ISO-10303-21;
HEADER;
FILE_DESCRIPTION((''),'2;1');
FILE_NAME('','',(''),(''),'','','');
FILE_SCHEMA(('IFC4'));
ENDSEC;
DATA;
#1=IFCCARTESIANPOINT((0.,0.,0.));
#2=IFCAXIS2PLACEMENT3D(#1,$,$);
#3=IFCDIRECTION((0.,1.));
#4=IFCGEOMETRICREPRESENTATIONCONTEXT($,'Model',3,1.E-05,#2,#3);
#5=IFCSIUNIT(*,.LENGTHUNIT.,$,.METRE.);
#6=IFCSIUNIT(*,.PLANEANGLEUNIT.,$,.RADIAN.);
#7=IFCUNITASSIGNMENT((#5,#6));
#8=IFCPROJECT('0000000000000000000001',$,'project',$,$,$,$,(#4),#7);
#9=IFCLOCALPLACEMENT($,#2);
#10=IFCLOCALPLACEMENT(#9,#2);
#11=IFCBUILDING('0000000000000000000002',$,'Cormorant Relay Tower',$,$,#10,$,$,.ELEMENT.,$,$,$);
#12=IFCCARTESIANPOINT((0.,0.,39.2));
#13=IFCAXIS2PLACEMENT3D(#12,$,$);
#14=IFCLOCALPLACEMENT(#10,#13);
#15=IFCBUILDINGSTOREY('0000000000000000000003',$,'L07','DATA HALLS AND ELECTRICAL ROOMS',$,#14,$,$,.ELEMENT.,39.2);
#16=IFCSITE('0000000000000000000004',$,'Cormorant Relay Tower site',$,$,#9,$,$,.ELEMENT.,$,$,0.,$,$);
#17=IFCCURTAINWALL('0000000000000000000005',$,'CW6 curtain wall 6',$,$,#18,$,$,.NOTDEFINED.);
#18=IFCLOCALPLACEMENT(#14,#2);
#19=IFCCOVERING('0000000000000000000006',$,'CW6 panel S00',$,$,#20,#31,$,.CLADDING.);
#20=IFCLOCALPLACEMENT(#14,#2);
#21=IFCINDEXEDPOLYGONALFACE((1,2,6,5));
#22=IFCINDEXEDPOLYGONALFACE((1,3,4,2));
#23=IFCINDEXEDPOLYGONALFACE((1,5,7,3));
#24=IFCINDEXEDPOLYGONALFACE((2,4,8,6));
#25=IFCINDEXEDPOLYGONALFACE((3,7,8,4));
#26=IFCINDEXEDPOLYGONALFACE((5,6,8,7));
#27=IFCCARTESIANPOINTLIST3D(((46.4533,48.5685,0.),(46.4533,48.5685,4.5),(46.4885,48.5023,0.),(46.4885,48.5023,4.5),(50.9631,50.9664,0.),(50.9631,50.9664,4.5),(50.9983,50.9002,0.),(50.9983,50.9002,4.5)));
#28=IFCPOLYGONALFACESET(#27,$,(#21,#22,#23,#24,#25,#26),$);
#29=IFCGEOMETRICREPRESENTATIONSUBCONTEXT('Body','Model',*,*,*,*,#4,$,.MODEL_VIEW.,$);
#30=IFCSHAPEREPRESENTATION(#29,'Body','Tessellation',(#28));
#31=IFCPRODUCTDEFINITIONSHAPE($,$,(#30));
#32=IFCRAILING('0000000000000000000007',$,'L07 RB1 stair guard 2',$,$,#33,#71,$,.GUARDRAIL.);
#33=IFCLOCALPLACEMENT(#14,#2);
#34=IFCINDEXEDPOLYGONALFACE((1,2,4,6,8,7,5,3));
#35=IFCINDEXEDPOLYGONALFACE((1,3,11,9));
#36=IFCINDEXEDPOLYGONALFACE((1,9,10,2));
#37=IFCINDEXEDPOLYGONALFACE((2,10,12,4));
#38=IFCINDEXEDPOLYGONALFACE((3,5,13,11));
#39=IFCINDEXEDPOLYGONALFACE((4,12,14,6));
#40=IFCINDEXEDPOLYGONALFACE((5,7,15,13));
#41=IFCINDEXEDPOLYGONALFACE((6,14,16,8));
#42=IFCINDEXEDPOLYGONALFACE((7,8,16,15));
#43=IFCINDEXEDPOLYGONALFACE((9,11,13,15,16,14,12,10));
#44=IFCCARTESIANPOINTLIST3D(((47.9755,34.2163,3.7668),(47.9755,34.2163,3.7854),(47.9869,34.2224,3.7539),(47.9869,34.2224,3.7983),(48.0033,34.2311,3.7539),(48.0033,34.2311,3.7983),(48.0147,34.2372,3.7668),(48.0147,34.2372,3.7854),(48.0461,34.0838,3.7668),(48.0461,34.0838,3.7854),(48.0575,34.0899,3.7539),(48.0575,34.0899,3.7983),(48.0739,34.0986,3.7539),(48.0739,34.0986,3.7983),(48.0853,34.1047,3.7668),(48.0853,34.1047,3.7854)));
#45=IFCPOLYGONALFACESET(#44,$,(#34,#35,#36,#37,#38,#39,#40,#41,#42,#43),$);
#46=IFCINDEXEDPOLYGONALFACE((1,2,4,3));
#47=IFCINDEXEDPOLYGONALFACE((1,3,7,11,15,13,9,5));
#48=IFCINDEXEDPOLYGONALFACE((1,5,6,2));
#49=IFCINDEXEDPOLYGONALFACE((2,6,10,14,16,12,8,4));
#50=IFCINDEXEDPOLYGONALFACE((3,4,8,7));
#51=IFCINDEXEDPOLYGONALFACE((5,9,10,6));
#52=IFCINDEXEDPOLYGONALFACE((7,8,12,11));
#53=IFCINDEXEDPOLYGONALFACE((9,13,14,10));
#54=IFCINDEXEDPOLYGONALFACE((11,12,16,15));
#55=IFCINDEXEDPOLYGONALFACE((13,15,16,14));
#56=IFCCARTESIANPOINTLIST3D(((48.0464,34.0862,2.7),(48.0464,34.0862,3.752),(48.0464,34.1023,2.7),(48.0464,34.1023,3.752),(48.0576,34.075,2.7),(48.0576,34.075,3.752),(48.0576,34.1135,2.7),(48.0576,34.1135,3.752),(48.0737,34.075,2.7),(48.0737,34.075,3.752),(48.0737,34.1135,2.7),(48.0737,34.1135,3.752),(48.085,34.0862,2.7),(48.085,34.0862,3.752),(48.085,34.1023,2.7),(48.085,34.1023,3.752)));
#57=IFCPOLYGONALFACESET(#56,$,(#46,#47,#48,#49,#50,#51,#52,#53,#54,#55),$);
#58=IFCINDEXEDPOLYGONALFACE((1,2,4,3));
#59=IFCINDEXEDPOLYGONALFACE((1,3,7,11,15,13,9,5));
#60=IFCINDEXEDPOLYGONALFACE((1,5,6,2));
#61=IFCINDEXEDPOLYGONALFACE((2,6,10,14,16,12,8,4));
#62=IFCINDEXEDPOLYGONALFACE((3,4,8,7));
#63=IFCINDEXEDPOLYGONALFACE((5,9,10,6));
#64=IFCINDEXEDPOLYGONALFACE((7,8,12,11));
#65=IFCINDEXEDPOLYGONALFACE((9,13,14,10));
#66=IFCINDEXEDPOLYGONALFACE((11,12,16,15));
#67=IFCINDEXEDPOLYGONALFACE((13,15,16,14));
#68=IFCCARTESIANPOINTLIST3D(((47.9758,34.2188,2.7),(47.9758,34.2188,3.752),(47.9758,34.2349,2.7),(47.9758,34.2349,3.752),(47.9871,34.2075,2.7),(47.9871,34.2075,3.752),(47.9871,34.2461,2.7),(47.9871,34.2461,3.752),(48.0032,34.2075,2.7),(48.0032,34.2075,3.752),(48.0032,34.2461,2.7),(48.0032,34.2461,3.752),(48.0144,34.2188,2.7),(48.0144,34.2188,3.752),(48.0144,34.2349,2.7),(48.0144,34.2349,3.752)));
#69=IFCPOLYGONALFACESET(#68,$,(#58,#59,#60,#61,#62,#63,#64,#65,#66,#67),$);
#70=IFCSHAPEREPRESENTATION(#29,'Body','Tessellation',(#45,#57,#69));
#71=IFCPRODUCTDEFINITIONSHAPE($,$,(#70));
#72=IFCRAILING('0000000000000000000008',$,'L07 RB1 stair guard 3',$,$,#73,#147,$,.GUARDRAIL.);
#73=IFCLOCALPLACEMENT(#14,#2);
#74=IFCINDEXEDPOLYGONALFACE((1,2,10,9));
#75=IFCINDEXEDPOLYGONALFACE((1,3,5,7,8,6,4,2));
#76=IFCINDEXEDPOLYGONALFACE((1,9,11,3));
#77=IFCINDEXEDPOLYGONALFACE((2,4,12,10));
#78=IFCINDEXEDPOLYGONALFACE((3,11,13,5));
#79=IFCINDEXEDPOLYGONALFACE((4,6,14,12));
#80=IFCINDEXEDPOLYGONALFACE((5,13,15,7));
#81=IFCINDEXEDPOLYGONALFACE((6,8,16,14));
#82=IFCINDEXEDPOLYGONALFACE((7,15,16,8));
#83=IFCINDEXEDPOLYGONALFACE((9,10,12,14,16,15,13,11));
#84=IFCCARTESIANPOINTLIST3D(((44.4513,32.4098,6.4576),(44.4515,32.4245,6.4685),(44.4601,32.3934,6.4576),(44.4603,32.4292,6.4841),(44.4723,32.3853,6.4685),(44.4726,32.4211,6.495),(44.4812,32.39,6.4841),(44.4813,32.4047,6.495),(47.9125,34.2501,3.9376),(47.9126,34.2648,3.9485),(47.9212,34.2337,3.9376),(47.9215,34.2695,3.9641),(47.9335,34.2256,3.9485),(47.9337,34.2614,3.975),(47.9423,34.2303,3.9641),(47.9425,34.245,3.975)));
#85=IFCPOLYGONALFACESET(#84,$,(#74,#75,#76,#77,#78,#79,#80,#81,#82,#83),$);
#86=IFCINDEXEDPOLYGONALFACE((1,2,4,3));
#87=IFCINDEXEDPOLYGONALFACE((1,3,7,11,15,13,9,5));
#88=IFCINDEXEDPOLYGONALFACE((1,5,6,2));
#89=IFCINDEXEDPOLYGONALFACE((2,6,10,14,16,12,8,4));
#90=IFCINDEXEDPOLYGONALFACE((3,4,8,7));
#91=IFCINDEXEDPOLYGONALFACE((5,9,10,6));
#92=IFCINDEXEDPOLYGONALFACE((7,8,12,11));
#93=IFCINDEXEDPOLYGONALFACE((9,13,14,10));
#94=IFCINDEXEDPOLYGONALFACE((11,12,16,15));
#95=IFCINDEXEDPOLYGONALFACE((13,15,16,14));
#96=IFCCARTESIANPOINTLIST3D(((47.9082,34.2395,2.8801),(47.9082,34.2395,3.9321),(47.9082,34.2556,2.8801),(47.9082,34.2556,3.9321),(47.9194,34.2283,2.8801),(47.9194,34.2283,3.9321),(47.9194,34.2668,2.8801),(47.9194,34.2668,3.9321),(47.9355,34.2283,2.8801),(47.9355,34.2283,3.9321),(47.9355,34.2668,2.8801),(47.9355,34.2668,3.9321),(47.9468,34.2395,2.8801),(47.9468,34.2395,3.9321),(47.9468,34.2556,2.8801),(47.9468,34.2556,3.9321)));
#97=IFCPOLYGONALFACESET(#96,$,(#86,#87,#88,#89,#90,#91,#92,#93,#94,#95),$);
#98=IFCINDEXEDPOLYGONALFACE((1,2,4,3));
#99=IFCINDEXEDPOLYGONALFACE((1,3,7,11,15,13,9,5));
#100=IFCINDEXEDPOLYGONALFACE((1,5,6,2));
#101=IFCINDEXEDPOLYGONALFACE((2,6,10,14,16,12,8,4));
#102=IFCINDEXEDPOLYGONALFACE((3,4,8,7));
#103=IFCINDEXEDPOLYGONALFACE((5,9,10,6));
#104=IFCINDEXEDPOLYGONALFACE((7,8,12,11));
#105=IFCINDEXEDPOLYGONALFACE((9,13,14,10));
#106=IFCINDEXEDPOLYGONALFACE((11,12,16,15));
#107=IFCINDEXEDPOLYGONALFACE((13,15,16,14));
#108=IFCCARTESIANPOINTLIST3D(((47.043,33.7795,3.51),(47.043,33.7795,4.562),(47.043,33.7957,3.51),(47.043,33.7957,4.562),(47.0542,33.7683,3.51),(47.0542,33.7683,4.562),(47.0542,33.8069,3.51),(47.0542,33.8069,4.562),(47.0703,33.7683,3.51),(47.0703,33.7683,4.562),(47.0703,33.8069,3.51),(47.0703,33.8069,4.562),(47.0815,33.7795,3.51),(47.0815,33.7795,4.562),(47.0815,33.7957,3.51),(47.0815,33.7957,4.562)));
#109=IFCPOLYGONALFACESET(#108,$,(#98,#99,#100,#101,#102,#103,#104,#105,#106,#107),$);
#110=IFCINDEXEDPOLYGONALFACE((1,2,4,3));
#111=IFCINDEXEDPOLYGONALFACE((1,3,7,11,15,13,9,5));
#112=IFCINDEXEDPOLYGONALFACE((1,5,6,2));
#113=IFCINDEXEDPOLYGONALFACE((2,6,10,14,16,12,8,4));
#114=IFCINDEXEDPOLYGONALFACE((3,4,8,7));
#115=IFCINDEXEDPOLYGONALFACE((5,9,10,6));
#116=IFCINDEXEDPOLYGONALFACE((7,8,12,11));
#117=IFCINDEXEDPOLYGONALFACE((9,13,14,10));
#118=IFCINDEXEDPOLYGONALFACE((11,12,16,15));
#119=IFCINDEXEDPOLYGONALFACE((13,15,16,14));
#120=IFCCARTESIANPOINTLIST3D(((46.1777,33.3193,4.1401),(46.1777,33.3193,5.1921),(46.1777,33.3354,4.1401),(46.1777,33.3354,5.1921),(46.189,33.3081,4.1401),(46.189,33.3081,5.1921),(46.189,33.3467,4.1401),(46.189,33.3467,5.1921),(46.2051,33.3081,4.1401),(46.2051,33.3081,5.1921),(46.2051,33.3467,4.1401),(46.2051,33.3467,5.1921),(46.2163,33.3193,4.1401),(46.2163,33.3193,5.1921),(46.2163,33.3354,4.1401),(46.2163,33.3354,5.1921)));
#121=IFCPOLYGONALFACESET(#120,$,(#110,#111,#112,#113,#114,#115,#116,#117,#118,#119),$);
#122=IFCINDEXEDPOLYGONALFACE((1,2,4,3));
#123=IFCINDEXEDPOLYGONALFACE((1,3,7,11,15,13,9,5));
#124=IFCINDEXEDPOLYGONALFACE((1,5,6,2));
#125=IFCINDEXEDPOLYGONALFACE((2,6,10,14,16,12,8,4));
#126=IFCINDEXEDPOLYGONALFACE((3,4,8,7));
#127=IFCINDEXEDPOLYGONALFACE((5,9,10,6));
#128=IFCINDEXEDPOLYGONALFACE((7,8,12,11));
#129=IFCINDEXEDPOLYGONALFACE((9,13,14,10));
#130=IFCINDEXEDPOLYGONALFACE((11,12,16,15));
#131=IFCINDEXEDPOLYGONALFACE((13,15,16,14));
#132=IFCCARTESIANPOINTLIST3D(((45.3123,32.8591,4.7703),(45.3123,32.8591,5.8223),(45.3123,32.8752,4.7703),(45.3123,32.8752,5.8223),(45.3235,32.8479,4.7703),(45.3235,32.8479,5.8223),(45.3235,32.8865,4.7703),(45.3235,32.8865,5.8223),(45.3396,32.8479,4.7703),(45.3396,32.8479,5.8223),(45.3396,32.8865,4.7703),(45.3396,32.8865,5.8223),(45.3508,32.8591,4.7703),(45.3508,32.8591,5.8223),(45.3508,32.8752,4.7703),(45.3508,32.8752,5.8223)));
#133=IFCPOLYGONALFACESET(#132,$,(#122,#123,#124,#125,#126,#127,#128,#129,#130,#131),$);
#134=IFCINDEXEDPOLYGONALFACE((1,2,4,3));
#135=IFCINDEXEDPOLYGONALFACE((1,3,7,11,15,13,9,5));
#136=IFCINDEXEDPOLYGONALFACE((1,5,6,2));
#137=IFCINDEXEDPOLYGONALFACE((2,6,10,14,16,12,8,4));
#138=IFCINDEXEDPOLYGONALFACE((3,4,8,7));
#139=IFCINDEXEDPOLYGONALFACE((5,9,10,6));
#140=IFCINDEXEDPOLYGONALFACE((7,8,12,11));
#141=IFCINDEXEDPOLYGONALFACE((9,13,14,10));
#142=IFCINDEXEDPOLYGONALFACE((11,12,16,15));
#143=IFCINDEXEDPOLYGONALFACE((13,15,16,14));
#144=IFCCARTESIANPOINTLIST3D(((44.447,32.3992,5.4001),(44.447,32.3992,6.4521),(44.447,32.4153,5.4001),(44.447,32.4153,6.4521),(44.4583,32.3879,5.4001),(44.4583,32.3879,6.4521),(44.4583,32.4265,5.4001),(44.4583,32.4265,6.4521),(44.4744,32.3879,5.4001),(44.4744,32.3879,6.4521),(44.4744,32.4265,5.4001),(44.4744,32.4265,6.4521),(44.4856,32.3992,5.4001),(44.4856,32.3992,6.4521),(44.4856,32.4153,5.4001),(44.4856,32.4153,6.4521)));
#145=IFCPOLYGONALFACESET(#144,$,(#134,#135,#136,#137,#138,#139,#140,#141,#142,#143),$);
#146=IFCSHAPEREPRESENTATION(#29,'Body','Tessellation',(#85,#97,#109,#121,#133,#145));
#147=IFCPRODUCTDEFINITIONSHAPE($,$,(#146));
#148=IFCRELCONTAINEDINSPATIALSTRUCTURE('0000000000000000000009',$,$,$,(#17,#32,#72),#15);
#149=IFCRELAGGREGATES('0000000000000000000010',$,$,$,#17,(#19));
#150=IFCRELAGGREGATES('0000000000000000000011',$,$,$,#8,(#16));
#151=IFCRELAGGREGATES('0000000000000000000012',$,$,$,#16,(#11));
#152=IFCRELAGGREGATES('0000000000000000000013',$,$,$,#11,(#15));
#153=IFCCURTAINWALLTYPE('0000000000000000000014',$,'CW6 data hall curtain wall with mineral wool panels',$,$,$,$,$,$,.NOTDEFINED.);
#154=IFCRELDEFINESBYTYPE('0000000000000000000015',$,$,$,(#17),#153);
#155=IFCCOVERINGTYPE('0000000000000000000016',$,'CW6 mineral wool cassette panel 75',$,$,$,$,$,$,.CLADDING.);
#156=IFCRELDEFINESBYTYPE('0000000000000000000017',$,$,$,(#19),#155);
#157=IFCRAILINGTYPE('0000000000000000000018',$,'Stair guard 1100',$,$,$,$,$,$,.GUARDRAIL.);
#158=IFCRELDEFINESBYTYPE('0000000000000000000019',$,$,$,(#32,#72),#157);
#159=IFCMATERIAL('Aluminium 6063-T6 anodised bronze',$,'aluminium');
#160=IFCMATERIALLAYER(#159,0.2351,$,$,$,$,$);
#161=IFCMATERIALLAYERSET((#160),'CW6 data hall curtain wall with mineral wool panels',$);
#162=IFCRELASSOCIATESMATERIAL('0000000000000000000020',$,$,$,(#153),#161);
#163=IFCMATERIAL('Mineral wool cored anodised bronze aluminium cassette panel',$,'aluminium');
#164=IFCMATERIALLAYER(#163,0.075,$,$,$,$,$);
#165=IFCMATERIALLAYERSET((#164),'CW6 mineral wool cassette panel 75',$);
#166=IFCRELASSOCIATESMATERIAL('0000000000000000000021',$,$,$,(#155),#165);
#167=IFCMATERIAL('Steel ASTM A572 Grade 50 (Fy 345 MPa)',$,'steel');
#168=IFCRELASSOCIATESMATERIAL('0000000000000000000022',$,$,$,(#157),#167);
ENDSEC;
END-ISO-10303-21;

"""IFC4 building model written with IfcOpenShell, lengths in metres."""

from ifc_helpers import new_model, si_unit, direction, frame, origin, origin_2d, place, context, subcontext, project, spatial, polyline, rectangle, outline, extrude, material, layer, layer_set, type_object, element, aggregate, save


model = new_model("IFC4")

# Units and contexts
model_context = context("Model", 3, precision=1e-05, world=origin(), true_north=direction((0.0, 1.0)))
body_context = subcontext(model_context, "Body", "Model", "MODEL_VIEW")
ifc_project = project(units=[si_unit("LENGTHUNIT", "METRE"), si_unit("PLANEANGLEUNIT", "RADIAN")], contexts=[model_context])

# Site, building, storey
site_placement = place(None, origin())
site = spatial("IfcSite", under=ifc_project, at=site_placement, Name="Cormorant Relay Tower site", CompositionType="ELEMENT", RefElevation=0.0)
building_placement = place(site_placement, origin())
building = spatial("IfcBuilding", under=site, at=building_placement, Name="Cormorant Relay Tower", CompositionType="ELEMENT")
storey_placement = place(building_placement, frame((0.0, 0.0, 39.2)))
storey = spatial("IfcBuildingStorey", under=building, at=storey_placement, Name="L07", Description="DATA HALLS AND ELECTRICAL ROOMS", CompositionType="ELEMENT", Elevation=39.2)

# Shared definitions
ifc_material_1 = material(Name="Aluminium 6063-T6 anodised bronze", Category="aluminium")
ifc_layer_1 = layer(ifc_material_1, 0.2351)
ifc_layer_set_1 = layer_set([ifc_layer_1], Name="CW6 data hall curtain wall with mineral wool panels")
curtain_wall_type = type_object("IfcCurtainWallType", Name="CW6 data hall curtain wall with mineral wool panels", PredefinedType="NOTDEFINED", material=ifc_layer_set_1)

# Curtain wall
curtain_wall_1_placement = place(storey_placement, origin())
curtain_wall_1 = element("IfcCurtainWall", 1, at=curtain_wall_1_placement, inside=storey, type_object=curtain_wall_type, Name="CW6 curtain wall 6", PredefinedType="NOTDEFINED")

# Covering
ifc_material_2 = material(Name="Mineral wool cored anodised bronze aluminium cassette panel", Category="aluminium")
ifc_layer_2 = layer(ifc_material_2, 0.075)
ifc_layer_set_2 = layer_set([ifc_layer_2], Name="CW6 mineral wool cassette panel 75")
covering_type = type_object("IfcCoveringType", Name="CW6 mineral wool cassette panel 75", PredefinedType="CLADDING", material=ifc_layer_set_2)
covering_1_placement = place(storey_placement, frame((48.7258, 49.7344, 0.0), z_axis=(0.0, 0.0, 1.0), x_axis=(-0.882948, -0.469472, 0.0)))
covering_1 = element("IfcCovering", 2, at=covering_1_placement, type_object=covering_type, Name="CW6 panel S00", PredefinedType="CLADDING", context=body_context, shape_type="SweptSolid", body=[
    extrude(rectangle(XDim=5.1077, YDim=0.075, at=origin_2d()), origin(), (0.0, 0.0, 1.0), 4.5),
])
aggregate(curtain_wall_1, [covering_1])

# Railings
ifc_material_3 = material(Name="Steel ASTM A572 Grade 50 (Fy 345 MPa)", Category="steel")
railing_type_1 = type_object("IfcRailingType", Name="Stair guard 1100", PredefinedType="GUARDRAIL", material=ifc_material_3)
railing_1_placement = place(storey_placement, frame((48.0657, 34.0942, 2.7)))
element("IfcRailing", 3, at=railing_1_placement, inside=storey, type_object=railing_type_1, Name="L07 RB1 stair guard 2", PredefinedType="GUARDRAIL", context=body_context, shape_type="SweptSolid", body=[
    extrude(outline(polyline([(0.0222, 0.0093), (0.0093, 0.0222), (-0.0093, 0.0222), (-0.0222, 0.0093), (-0.0222, -0.0093), (-0.0093, -0.0222), (0.0093, -0.0222), (0.0222, -0.0093), (0.0222, 0.0093)])), frame((0.0, 0.0, 1.0762), z_axis=(-0.469829, 0.882758, 0.0), x_axis=(-0.882758, -0.469829, 0.0)), (0.0, 0.0, 1.0), 0.1501),
    extrude(outline(polyline([(0.0193, 0.0081), (0.0081, 0.0193), (-0.0081, 0.0193), (-0.0193, 0.0081), (-0.0193, -0.0081), (-0.0081, -0.0193), (0.0081, -0.0193), (0.0193, -0.0081), (0.0193, 0.0081)])), origin(), (0.0, 0.0, 1.0), 1.052),
    extrude(outline(polyline([(0.0193, 0.0081), (0.0081, 0.0193), (-0.0081, 0.0193), (-0.0193, 0.0081), (-0.0193, -0.0081), (-0.0081, -0.0193), (0.0081, -0.0193), (0.0193, -0.0081), (0.0193, 0.0081)])), frame((-0.0706, 0.1326, 0.0)), (0.0, 0.0, 1.0), 1.052),
])
railing_2_placement = place(storey_placement, frame((47.9275, 34.2476, 2.8801)))
element("IfcRailing", 4, at=railing_2_placement, inside=storey, type_object=railing_type_1, Name="L07 RB1 stair guard 3", PredefinedType="GUARDRAIL", context=body_context, shape_type="SweptSolid", body=[
    extrude(outline(polyline([(0.0222, 0.0093), (0.0093, 0.0222), (-0.0093, 0.0222), (-0.0222, 0.0093), (-0.0222, -0.0093), (-0.0093, -0.0222), (0.0093, -0.0222), (0.0222, -0.0093), (0.0222, 0.0093)])), frame((0.0, 0.0, 1.0762), z_axis=(-0.742717, -0.394907, 0.540758), x_axis=(0.469469, -0.882949, 0.0)), (0.0, 0.0, 1.0), 4.6602),
    extrude(outline(polyline([(0.0193, 0.0081), (0.0081, 0.0193), (-0.0081, 0.0193), (-0.0193, 0.0081), (-0.0193, -0.0081), (-0.0081, -0.0193), (0.0081, -0.0193), (0.0193, -0.0081), (0.0193, 0.0081)])), origin(), (0.0, 0.0, 1.0), 1.052),
    extrude(outline(polyline([(0.0193, 0.0081), (0.0081, 0.0193), (-0.0081, 0.0193), (-0.0193, 0.0081), (-0.0193, -0.0081), (-0.0081, -0.0193), (0.0081, -0.0193), (0.0193, -0.0081), (0.0193, 0.0081)])), frame((-0.8652, -0.46, 0.6299)), (0.0, 0.0, 1.0), 1.052),
    extrude(outline(polyline([(0.0193, 0.0081), (0.0081, 0.0193), (-0.0081, 0.0193), (-0.0193, 0.0081), (-0.0193, -0.0081), (-0.0081, -0.0193), (0.0081, -0.0193), (0.0193, -0.0081), (0.0193, 0.0081)])), frame((-1.7305, -0.9202, 1.26)), (0.0, 0.0, 1.0), 1.052),
    extrude(outline(polyline([(0.0193, 0.0081), (0.0081, 0.0193), (-0.0081, 0.0193), (-0.0193, 0.0081), (-0.0193, -0.0081), (-0.0081, -0.0193), (0.0081, -0.0193), (0.0193, -0.0081), (0.0193, 0.0081)])), frame((-2.5959, -1.3804, 1.8901)), (0.0, 0.0, 1.0), 1.052),
    extrude(outline(polyline([(0.0193, 0.0081), (0.0081, 0.0193), (-0.0081, 0.0193), (-0.0193, 0.0081), (-0.0193, -0.0081), (-0.0081, -0.0193), (0.0081, -0.0193), (0.0193, -0.0081), (0.0193, 0.0081)])), frame((-3.4612, -1.8403, 2.52)), (0.0, 0.0, 1.0), 1.052),
])

save(model, "model.ifc")
